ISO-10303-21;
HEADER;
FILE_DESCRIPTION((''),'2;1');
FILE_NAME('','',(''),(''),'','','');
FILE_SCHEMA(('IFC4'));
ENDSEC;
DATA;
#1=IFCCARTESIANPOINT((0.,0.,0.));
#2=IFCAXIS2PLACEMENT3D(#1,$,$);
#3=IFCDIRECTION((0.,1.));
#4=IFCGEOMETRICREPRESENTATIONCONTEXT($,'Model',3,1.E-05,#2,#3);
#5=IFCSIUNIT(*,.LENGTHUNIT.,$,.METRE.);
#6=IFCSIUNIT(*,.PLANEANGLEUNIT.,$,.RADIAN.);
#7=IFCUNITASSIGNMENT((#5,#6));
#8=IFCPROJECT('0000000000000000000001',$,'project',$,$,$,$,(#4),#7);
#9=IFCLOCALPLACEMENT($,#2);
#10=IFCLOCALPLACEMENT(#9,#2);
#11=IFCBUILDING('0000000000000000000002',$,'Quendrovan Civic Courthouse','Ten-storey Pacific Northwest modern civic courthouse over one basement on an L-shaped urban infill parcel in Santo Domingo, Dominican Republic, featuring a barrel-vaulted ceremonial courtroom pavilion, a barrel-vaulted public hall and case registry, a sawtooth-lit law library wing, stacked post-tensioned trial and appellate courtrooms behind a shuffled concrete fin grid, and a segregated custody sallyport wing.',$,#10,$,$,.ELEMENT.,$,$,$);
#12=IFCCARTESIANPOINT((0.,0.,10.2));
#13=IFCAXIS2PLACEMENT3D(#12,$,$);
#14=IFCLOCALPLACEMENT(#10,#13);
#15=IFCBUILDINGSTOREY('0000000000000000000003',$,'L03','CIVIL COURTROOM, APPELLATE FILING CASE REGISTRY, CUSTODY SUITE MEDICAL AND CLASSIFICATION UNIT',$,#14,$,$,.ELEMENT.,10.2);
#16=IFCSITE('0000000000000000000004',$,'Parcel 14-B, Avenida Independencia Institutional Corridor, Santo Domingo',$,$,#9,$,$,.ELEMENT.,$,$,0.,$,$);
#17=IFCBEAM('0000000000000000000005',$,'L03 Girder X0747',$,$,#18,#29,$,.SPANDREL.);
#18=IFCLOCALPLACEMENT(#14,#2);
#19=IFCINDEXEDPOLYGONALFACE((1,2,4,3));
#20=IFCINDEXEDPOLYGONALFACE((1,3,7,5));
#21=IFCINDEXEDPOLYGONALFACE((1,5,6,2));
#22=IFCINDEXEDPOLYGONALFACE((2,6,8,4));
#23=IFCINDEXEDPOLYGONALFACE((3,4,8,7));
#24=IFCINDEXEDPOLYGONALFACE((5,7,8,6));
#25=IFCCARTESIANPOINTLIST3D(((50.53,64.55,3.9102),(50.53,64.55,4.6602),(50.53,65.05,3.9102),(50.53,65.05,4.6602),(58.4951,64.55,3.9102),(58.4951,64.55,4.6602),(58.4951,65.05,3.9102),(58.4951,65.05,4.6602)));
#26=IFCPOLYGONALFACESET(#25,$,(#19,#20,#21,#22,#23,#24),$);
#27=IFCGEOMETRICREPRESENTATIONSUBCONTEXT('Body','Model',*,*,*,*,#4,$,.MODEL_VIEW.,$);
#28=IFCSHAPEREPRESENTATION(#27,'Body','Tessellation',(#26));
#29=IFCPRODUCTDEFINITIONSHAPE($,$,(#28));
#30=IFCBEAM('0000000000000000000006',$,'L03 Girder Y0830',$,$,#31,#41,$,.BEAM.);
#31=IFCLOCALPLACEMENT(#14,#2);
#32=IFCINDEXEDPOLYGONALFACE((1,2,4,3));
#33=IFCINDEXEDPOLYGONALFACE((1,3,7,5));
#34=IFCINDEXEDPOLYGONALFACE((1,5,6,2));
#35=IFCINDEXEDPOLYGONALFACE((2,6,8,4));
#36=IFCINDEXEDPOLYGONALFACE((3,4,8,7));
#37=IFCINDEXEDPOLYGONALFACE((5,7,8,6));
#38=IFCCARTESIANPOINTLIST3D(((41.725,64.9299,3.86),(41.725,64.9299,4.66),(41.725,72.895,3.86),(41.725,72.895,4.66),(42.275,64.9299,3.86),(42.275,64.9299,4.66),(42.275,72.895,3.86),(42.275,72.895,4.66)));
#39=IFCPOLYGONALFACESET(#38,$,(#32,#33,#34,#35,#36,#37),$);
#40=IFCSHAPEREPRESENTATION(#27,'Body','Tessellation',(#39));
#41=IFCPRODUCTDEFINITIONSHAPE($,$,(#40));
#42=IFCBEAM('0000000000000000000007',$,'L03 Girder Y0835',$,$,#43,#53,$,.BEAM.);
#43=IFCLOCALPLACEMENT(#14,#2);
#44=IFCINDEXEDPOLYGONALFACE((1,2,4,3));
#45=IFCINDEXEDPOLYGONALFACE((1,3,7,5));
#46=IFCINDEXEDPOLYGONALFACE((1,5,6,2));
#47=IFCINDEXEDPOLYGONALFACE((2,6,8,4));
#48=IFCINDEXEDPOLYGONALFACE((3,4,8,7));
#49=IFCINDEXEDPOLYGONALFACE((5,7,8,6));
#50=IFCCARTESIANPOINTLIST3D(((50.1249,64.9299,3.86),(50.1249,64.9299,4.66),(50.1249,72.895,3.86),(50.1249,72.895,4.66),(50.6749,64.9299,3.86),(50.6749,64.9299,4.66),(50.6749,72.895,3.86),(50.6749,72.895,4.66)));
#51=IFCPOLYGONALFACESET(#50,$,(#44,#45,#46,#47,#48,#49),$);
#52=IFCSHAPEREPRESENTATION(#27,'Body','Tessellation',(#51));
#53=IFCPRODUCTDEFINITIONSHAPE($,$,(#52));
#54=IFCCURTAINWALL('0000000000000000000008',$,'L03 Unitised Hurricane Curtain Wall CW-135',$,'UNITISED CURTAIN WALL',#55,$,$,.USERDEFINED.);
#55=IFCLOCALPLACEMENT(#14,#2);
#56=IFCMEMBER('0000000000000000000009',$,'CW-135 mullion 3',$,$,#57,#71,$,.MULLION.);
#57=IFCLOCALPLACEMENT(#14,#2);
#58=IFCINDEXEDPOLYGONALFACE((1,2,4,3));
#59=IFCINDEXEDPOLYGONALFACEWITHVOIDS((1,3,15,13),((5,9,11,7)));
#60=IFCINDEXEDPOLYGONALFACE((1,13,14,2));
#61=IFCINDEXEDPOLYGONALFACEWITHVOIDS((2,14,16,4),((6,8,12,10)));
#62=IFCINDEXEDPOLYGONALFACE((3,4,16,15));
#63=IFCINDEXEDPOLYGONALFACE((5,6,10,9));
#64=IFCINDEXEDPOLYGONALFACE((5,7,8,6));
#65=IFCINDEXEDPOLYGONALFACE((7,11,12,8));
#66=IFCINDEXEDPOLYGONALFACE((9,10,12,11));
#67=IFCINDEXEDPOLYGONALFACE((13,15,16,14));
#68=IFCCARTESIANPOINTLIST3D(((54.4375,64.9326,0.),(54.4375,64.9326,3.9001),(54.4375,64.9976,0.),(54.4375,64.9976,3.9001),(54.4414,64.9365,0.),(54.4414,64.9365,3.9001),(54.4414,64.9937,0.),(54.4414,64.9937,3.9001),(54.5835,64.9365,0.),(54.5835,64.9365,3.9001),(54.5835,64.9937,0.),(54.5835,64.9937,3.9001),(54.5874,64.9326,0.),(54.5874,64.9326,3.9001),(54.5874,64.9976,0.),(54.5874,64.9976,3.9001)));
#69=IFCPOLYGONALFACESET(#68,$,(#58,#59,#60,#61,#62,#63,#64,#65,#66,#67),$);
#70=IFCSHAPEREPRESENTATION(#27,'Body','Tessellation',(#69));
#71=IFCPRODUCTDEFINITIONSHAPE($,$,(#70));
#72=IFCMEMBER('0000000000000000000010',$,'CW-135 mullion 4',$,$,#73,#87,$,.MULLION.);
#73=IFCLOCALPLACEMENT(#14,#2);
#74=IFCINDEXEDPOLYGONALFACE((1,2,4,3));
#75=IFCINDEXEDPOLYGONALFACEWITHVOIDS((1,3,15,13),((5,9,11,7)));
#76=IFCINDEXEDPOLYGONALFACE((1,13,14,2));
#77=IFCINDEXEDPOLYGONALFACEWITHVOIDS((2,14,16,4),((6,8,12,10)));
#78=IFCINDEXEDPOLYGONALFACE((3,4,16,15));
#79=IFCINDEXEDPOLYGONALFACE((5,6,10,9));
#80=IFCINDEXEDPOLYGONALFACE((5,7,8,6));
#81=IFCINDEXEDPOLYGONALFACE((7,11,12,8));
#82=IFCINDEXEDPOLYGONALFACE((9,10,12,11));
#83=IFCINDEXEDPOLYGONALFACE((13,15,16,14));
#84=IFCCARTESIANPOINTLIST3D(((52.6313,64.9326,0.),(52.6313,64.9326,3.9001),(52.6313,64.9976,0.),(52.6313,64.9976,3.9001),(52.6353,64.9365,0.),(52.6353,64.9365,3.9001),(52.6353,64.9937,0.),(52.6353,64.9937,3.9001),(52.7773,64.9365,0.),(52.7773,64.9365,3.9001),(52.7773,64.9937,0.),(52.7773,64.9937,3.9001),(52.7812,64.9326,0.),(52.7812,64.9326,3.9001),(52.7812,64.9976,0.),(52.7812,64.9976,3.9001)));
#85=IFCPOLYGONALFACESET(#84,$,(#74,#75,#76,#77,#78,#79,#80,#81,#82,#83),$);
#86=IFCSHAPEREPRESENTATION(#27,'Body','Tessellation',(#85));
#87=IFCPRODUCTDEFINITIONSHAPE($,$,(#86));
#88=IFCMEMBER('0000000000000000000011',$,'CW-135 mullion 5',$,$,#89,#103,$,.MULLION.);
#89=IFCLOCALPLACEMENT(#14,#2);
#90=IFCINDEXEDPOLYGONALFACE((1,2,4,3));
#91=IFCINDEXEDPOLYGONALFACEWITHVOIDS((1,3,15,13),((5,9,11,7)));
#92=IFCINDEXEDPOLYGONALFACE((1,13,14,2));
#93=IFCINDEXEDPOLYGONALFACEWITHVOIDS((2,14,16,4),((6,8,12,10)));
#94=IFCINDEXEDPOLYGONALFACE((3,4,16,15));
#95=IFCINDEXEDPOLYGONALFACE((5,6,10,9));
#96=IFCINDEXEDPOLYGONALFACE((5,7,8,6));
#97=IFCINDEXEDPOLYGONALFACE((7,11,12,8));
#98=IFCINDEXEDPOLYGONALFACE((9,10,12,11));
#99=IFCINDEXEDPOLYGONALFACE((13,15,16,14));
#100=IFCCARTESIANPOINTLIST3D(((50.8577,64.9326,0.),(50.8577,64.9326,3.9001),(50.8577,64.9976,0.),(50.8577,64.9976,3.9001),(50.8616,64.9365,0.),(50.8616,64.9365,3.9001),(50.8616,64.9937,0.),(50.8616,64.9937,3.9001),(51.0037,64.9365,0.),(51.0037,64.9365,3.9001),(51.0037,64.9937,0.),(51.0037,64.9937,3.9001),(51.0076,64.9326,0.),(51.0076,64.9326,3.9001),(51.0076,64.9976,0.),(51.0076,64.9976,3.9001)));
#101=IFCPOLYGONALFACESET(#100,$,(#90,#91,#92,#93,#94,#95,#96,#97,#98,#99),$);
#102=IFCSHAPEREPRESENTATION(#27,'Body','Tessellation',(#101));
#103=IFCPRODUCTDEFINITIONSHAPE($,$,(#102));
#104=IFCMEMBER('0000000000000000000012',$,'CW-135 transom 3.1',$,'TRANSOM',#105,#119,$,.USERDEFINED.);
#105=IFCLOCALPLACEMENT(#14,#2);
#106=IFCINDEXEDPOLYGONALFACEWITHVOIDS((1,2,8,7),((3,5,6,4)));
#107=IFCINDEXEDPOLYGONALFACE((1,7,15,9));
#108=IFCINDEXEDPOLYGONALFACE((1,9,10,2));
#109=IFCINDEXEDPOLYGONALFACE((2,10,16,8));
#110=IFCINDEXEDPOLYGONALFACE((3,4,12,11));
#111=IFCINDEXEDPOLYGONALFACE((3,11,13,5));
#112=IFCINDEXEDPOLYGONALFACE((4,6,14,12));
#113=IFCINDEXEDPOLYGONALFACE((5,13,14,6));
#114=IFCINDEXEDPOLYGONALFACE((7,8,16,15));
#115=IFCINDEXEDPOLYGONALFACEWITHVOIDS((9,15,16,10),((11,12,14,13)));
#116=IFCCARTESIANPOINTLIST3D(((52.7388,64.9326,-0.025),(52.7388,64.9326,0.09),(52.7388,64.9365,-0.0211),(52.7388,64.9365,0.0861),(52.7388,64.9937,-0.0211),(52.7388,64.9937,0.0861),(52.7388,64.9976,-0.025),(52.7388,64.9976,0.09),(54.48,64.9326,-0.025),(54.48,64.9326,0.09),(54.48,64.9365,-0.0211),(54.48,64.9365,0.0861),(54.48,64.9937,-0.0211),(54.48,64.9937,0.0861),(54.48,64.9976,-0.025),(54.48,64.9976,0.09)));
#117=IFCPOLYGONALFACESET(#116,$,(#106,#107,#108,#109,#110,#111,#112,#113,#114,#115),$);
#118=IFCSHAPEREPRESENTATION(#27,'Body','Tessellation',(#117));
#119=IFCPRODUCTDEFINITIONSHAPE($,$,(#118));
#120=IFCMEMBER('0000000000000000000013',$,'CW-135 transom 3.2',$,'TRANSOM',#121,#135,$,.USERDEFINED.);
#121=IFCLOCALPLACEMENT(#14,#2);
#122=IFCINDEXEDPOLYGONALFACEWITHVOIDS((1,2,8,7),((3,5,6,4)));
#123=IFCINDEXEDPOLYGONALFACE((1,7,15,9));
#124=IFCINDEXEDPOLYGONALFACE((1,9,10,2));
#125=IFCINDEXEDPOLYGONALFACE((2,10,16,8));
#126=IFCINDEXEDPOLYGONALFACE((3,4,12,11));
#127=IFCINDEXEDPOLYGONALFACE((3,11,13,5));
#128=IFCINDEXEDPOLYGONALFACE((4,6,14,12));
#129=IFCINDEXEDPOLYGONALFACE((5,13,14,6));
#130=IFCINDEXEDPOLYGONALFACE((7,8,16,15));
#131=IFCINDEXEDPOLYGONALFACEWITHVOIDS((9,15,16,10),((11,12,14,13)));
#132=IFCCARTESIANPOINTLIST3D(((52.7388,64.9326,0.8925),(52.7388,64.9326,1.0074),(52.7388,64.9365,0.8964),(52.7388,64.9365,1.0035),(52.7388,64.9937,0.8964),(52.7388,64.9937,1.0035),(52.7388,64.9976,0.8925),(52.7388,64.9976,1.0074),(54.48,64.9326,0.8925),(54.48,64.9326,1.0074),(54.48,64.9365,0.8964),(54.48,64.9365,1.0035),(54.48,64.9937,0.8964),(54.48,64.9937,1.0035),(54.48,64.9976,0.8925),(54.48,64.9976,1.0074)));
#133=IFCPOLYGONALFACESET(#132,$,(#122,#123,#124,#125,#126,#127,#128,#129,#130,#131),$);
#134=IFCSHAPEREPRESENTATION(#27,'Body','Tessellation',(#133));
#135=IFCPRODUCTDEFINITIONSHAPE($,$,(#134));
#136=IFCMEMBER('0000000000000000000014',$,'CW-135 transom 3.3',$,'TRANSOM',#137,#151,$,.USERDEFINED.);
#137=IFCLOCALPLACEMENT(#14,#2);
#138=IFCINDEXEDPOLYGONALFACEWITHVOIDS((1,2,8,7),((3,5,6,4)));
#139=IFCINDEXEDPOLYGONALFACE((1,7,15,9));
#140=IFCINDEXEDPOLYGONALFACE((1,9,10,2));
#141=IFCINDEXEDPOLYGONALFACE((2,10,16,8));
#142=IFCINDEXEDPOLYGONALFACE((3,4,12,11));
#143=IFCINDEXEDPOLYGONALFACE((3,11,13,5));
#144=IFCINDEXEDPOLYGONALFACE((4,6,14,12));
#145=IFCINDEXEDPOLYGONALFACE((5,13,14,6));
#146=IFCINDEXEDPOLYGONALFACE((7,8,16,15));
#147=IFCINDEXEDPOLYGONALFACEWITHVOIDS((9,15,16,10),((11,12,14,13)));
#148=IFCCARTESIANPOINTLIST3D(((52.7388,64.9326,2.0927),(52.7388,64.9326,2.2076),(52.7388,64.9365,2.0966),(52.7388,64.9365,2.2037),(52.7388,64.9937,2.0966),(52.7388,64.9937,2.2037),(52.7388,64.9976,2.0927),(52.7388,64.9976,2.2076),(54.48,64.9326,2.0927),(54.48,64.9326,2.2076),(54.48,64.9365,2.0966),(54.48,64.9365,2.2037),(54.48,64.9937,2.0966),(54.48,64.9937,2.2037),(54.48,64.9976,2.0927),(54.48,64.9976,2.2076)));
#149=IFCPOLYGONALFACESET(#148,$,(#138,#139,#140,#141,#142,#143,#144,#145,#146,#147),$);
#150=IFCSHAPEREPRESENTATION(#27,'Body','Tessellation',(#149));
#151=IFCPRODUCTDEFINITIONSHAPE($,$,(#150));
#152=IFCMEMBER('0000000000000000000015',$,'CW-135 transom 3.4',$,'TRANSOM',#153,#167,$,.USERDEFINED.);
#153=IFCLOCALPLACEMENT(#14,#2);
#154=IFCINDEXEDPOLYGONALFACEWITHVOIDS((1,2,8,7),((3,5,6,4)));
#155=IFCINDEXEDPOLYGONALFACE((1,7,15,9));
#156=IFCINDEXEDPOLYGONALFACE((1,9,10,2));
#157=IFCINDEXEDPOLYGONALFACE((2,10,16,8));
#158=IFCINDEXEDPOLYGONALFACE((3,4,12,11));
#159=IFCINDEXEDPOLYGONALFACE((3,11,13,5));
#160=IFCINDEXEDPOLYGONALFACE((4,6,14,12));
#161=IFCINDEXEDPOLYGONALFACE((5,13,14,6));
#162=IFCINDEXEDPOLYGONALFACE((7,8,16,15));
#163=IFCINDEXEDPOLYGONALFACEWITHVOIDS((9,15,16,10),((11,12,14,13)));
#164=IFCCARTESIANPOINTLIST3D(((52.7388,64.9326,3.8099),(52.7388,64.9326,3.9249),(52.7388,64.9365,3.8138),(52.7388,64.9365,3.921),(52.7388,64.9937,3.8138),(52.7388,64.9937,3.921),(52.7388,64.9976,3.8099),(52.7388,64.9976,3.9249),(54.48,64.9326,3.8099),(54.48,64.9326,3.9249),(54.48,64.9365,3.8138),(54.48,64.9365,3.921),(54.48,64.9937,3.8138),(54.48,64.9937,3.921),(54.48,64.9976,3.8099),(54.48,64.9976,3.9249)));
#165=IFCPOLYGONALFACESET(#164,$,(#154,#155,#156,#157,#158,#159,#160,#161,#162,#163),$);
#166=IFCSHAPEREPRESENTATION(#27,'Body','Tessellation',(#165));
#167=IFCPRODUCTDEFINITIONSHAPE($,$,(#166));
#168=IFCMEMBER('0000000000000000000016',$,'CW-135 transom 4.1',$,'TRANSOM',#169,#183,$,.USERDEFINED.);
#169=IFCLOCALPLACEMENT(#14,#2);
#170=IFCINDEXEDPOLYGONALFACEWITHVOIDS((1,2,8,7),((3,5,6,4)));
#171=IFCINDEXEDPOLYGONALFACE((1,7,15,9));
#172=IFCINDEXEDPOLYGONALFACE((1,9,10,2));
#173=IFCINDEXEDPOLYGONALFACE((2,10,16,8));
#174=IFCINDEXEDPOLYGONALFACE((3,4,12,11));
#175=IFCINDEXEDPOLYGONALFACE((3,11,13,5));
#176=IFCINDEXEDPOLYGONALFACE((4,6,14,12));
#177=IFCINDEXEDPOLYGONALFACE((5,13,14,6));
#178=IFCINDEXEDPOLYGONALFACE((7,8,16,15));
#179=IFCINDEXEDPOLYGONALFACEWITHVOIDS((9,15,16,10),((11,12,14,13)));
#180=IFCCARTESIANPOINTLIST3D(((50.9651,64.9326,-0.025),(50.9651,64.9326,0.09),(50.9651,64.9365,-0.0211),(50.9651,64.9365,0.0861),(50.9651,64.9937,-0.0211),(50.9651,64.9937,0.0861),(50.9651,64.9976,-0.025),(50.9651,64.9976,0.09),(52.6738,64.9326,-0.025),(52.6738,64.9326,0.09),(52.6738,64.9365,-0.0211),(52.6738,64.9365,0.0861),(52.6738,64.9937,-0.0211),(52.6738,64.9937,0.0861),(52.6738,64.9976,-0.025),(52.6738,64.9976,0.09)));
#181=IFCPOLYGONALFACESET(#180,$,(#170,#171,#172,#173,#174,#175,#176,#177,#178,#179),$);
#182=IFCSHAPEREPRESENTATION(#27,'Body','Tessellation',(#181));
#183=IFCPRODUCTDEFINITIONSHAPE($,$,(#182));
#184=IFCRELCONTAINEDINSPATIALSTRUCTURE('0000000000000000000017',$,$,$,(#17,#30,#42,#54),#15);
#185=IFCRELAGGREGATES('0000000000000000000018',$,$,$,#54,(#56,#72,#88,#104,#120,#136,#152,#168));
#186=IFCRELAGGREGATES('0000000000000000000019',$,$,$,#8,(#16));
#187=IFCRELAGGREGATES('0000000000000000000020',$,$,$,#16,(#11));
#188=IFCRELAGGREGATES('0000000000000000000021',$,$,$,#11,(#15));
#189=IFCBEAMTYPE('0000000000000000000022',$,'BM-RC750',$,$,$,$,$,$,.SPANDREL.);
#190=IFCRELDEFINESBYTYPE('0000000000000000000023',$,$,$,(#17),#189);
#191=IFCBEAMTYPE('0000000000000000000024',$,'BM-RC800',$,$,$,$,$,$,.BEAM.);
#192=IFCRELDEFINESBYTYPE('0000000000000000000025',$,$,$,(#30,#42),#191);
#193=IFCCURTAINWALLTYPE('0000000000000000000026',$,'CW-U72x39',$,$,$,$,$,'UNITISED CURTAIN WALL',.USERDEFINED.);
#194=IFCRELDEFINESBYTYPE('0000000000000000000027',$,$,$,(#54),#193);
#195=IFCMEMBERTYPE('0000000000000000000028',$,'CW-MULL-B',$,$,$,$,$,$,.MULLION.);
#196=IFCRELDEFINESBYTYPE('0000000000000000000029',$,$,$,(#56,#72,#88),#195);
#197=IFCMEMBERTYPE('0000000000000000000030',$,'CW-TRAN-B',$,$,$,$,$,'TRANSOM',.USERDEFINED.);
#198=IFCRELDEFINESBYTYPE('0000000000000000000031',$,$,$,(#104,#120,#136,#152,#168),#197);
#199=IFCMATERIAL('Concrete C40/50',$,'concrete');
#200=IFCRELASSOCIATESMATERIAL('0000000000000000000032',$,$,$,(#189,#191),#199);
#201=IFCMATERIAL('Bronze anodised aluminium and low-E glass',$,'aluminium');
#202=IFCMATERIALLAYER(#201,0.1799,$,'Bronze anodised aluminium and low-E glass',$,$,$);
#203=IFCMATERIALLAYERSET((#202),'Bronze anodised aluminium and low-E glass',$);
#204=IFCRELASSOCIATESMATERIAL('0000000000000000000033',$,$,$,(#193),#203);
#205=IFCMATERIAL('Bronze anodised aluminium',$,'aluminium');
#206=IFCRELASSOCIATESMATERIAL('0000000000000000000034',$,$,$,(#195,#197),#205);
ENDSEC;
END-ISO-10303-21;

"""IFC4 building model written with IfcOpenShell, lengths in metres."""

from ifc_helpers import new_model, si_unit, direction, frame, origin, origin_2d, place, context, subcontext, project, spatial, rectangle, hollow_rectangle, extrude, material, layer, layer_set, material_profile, profile_set, type_object, element, aggregate, save


model = new_model("IFC4")

# Units and contexts
model_context = context("Model", 3, precision=1e-05, world=origin(), true_north=direction((0.0, 1.0)))
body_context = subcontext(model_context, "Body", "Model", "MODEL_VIEW")
ifc_project = project(units=[si_unit("LENGTHUNIT", "METRE"), si_unit("PLANEANGLEUNIT", "RADIAN")], contexts=[model_context])

# Site, building, storey
site_placement = place(None, origin())
site = spatial("IfcSite", under=ifc_project, at=site_placement, Name="Parcel 14-B, Avenida Independencia Institutional Corridor, Santo Domingo", CompositionType="ELEMENT", RefElevation=0.0)
building_placement = place(site_placement, origin())
building = spatial("IfcBuilding", under=site, at=building_placement, Name="Quendrovan Civic Courthouse", Description="Ten-storey Pacific Northwest modern civic courthouse over one basement on an L-shaped urban infill parcel in Santo Domingo, Dominican Republic, featuring a barrel-vaulted ceremonial courtroom pavilion, a barrel-vaulted public hall and case registry, a sawtooth-lit law library wing, stacked post-tensioned trial and appellate courtrooms behind a shuffled concrete fin grid, and a segregated custody sallyport wing.", CompositionType="ELEMENT")
storey_placement = place(building_placement, frame((0.0, 0.0, 10.2)))
storey = spatial("IfcBuildingStorey", under=building, at=storey_placement, Name="L03", Description="CIVIL COURTROOM, APPELLATE FILING CASE REGISTRY, CUSTODY SUITE MEDICAL AND CLASSIFICATION UNIT", CompositionType="ELEMENT", Elevation=10.2)

# Beams
ifc_material_1 = material(Name="Concrete C40/50", Category="concrete")
ifc_material_profile_1 = material_profile(ifc_material_1, rectangle(XDim=0.5, YDim=0.75, at=origin_2d()), Name="RC-BM-500x750")
ifc_profile_set_1 = profile_set([ifc_material_profile_1], Name="Concrete C40/50")
beam_type_1 = type_object("IfcBeamType", Name="BM-RC750", PredefinedType="SPANDREL", material=ifc_profile_set_1)
beam_placement = place(storey_placement, frame((50.53, 64.8, 4.2852), z_axis=(1.0, 0.0, 0.0), x_axis=(0.0, 1.0, 0.0)))
element("IfcBeam", 1, at=beam_placement, inside=storey, type_object=beam_type_1, Name="L03 Girder X0747", PredefinedType="SPANDREL", context=body_context, shape_type="SweptSolid", body=[
    extrude(rectangle(XDim=0.5, YDim=0.75, at=origin_2d()), origin(), (0.0, 0.0, 1.0), 7.9651),
])
ifc_material_profile_2 = material_profile(ifc_material_1, rectangle(XDim=0.55, YDim=0.8, at=origin_2d()), Name="RC-BM-550x800")
ifc_profile_set_2 = profile_set([ifc_material_profile_2], Name="Concrete C40/50")
beam_type_2 = type_object("IfcBeamType", Name="BM-RC800", PredefinedType="BEAM", material=ifc_profile_set_2)
for number, where, z_axis, x_axis, name in (
    (2, (42.0, 64.9299, 4.26), (0.0, 1.0, 0.0), (-1.0, 0.0, 0.0), "L03 Girder Y0830"),
    (3, (50.3999, 64.9299, 4.26), (0.0, 1.0, 0.0), (-1.0, 0.0, 0.0), "L03 Girder Y0835"),
):
    element("IfcBeam", number, at=place(storey_placement, frame(where, z_axis=z_axis, x_axis=x_axis)), inside=storey, type_object=beam_type_2, Name=name, PredefinedType="BEAM", context=body_context, shape_type="SweptSolid", body=[
        extrude(rectangle(XDim=0.55, YDim=0.8, at=origin_2d()), origin(), (0.0, 0.0, 1.0), 7.9651),
    ])

# Curtain wall, members
ifc_material_2 = material(Name="Bronze anodised aluminium and low-E glass", Category="aluminium")
ifc_layer_1 = layer(ifc_material_2, 0.1799, Name="Bronze anodised aluminium and low-E glass")
ifc_layer_set_1 = layer_set([ifc_layer_1], Name="Bronze anodised aluminium and low-E glass")
curtain_wall_type = type_object("IfcCurtainWallType", Name="CW-U72x39", ElementType="UNITISED CURTAIN WALL", PredefinedType="USERDEFINED", material=ifc_layer_set_1)
curtain_wall_placement = place(storey_placement, origin())
curtain_wall = element("IfcCurtainWall", 4, at=curtain_wall_placement, inside=storey, type_object=curtain_wall_type, Name="L03 Unitised Hurricane Curtain Wall CW-135", ObjectType="UNITISED CURTAIN WALL", PredefinedType="USERDEFINED")
ifc_material_3 = material(Name="Bronze anodised aluminium", Category="aluminium")
ifc_material_profile_3 = material_profile(ifc_material_3, hollow_rectangle(XDim=0.0649, YDim=0.1499, WallThickness=0.0039, at=origin_2d()), Name="CW-MULL-65x150")
ifc_profile_set_3 = profile_set([ifc_material_profile_3], Name="Bronze anodised aluminium")
member_type_1 = type_object("IfcMemberType", Name="CW-MULL-B", PredefinedType="MULLION", material=ifc_profile_set_3)
member_1_placement = place(storey_placement, frame((54.5125, 64.9651, 0.0), z_axis=(0.0, 0.0, 1.0), x_axis=(0.0, -1.0, 0.0)))
member_1 = element("IfcMember", 5, at=member_1_placement, type_object=member_type_1, Name="CW-135 mullion 3", PredefinedType="MULLION", context=body_context, shape_type="SweptSolid", body=[
    extrude(hollow_rectangle(XDim=0.0649, YDim=0.1499, WallThickness=0.0039, at=origin_2d()), origin(), (0.0, 0.0, 1.0), 3.9001),
])
member_2_placement = place(storey_placement, frame((52.7063, 64.9651, 0.0), z_axis=(0.0, 0.0, 1.0), x_axis=(0.0, -1.0, 0.0)))
member_2 = element("IfcMember", 6, at=member_2_placement, type_object=member_type_1, Name="CW-135 mullion 4", PredefinedType="MULLION", context=body_context, shape_type="SweptSolid", body=[
    extrude(hollow_rectangle(XDim=0.0649, YDim=0.1499, WallThickness=0.0039, at=origin_2d()), origin(), (0.0, 0.0, 1.0), 3.9001),
])
member_3_placement = place(storey_placement, frame((50.9326, 64.9651, 0.0), z_axis=(0.0, 0.0, 1.0), x_axis=(0.0, -1.0, 0.0)))
member_3 = element("IfcMember", 7, at=member_3_placement, type_object=member_type_1, Name="CW-135 mullion 5", PredefinedType="MULLION", context=body_context, shape_type="SweptSolid", body=[
    extrude(hollow_rectangle(XDim=0.0649, YDim=0.1499, WallThickness=0.0039, at=origin_2d()), origin(), (0.0, 0.0, 1.0), 3.9001),
])
ifc_material_profile_4 = material_profile(ifc_material_3, hollow_rectangle(XDim=0.0649, YDim=0.115, WallThickness=0.0039, at=origin_2d()), Name="CW-TRAN-65x115")
ifc_profile_set_4 = profile_set([ifc_material_profile_4], Name="Bronze anodised aluminium")
member_type_2 = type_object("IfcMemberType", Name="CW-TRAN-B", ElementType="TRANSOM", PredefinedType="USERDEFINED", material=ifc_profile_set_4)
member_4_placement = place(storey_placement, frame((54.48, 64.9651, 0.0325), z_axis=(-1.0, 0.0, 0.0), x_axis=(0.0, -1.0, 0.0)))
member_4 = element("IfcMember", 8, at=member_4_placement, type_object=member_type_2, Name="CW-135 transom 3.1", ObjectType="TRANSOM", PredefinedType="USERDEFINED", context=body_context, shape_type="SweptSolid", body=[
    extrude(hollow_rectangle(XDim=0.0649, YDim=0.115, WallThickness=0.0039, at=origin_2d()), origin(), (0.0, 0.0, 1.0), 1.7412),
])
member_5_placement = place(storey_placement, frame((54.48, 64.9651, 0.95), z_axis=(-1.0, 0.0, 0.0), x_axis=(0.0, -1.0, 0.0)))
member_5 = element("IfcMember", 9, at=member_5_placement, type_object=member_type_2, Name="CW-135 transom 3.2", ObjectType="TRANSOM", PredefinedType="USERDEFINED", context=body_context, shape_type="SweptSolid", body=[
    extrude(hollow_rectangle(XDim=0.0649, YDim=0.115, WallThickness=0.0039, at=origin_2d()), origin(), (0.0, 0.0, 1.0), 1.7412),
])
member_6_placement = place(storey_placement, frame((54.48, 64.9651, 2.1501), z_axis=(-1.0, 0.0, 0.0), x_axis=(0.0, -1.0, 0.0)))
member_6 = element("IfcMember", 10, at=member_6_placement, type_object=member_type_2, Name="CW-135 transom 3.3", ObjectType="TRANSOM", PredefinedType="USERDEFINED", context=body_context, shape_type="SweptSolid", body=[
    extrude(hollow_rectangle(XDim=0.0649, YDim=0.115, WallThickness=0.0039, at=origin_2d()), origin(), (0.0, 0.0, 1.0), 1.7412),
])
member_7_placement = place(storey_placement, frame((54.48, 64.9651, 3.8674), z_axis=(-1.0, 0.0, 0.0), x_axis=(0.0, -1.0, 0.0)))
member_7 = element("IfcMember", 11, at=member_7_placement, type_object=member_type_2, Name="CW-135 transom 3.4", ObjectType="TRANSOM", PredefinedType="USERDEFINED", context=body_context, shape_type="SweptSolid", body=[
    extrude(hollow_rectangle(XDim=0.0649, YDim=0.115, WallThickness=0.0039, at=origin_2d()), origin(), (0.0, 0.0, 1.0), 1.7412),
])
member_8_placement = place(storey_placement, frame((52.6738, 64.9651, 0.0325), z_axis=(-1.0, 0.0, 0.0), x_axis=(0.0, -1.0, 0.0)))
member_8 = element("IfcMember", 12, at=member_8_placement, type_object=member_type_2, Name="CW-135 transom 4.1", ObjectType="TRANSOM", PredefinedType="USERDEFINED", context=body_context, shape_type="SweptSolid", body=[
    extrude(hollow_rectangle(XDim=0.0649, YDim=0.115, WallThickness=0.0039, at=origin_2d()), origin(), (0.0, 0.0, 1.0), 1.7087),
])
aggregate(curtain_wall, [member_1, member_2, member_3, member_4, member_5, member_6, member_7, member_8])

save(model, "model.ifc")
